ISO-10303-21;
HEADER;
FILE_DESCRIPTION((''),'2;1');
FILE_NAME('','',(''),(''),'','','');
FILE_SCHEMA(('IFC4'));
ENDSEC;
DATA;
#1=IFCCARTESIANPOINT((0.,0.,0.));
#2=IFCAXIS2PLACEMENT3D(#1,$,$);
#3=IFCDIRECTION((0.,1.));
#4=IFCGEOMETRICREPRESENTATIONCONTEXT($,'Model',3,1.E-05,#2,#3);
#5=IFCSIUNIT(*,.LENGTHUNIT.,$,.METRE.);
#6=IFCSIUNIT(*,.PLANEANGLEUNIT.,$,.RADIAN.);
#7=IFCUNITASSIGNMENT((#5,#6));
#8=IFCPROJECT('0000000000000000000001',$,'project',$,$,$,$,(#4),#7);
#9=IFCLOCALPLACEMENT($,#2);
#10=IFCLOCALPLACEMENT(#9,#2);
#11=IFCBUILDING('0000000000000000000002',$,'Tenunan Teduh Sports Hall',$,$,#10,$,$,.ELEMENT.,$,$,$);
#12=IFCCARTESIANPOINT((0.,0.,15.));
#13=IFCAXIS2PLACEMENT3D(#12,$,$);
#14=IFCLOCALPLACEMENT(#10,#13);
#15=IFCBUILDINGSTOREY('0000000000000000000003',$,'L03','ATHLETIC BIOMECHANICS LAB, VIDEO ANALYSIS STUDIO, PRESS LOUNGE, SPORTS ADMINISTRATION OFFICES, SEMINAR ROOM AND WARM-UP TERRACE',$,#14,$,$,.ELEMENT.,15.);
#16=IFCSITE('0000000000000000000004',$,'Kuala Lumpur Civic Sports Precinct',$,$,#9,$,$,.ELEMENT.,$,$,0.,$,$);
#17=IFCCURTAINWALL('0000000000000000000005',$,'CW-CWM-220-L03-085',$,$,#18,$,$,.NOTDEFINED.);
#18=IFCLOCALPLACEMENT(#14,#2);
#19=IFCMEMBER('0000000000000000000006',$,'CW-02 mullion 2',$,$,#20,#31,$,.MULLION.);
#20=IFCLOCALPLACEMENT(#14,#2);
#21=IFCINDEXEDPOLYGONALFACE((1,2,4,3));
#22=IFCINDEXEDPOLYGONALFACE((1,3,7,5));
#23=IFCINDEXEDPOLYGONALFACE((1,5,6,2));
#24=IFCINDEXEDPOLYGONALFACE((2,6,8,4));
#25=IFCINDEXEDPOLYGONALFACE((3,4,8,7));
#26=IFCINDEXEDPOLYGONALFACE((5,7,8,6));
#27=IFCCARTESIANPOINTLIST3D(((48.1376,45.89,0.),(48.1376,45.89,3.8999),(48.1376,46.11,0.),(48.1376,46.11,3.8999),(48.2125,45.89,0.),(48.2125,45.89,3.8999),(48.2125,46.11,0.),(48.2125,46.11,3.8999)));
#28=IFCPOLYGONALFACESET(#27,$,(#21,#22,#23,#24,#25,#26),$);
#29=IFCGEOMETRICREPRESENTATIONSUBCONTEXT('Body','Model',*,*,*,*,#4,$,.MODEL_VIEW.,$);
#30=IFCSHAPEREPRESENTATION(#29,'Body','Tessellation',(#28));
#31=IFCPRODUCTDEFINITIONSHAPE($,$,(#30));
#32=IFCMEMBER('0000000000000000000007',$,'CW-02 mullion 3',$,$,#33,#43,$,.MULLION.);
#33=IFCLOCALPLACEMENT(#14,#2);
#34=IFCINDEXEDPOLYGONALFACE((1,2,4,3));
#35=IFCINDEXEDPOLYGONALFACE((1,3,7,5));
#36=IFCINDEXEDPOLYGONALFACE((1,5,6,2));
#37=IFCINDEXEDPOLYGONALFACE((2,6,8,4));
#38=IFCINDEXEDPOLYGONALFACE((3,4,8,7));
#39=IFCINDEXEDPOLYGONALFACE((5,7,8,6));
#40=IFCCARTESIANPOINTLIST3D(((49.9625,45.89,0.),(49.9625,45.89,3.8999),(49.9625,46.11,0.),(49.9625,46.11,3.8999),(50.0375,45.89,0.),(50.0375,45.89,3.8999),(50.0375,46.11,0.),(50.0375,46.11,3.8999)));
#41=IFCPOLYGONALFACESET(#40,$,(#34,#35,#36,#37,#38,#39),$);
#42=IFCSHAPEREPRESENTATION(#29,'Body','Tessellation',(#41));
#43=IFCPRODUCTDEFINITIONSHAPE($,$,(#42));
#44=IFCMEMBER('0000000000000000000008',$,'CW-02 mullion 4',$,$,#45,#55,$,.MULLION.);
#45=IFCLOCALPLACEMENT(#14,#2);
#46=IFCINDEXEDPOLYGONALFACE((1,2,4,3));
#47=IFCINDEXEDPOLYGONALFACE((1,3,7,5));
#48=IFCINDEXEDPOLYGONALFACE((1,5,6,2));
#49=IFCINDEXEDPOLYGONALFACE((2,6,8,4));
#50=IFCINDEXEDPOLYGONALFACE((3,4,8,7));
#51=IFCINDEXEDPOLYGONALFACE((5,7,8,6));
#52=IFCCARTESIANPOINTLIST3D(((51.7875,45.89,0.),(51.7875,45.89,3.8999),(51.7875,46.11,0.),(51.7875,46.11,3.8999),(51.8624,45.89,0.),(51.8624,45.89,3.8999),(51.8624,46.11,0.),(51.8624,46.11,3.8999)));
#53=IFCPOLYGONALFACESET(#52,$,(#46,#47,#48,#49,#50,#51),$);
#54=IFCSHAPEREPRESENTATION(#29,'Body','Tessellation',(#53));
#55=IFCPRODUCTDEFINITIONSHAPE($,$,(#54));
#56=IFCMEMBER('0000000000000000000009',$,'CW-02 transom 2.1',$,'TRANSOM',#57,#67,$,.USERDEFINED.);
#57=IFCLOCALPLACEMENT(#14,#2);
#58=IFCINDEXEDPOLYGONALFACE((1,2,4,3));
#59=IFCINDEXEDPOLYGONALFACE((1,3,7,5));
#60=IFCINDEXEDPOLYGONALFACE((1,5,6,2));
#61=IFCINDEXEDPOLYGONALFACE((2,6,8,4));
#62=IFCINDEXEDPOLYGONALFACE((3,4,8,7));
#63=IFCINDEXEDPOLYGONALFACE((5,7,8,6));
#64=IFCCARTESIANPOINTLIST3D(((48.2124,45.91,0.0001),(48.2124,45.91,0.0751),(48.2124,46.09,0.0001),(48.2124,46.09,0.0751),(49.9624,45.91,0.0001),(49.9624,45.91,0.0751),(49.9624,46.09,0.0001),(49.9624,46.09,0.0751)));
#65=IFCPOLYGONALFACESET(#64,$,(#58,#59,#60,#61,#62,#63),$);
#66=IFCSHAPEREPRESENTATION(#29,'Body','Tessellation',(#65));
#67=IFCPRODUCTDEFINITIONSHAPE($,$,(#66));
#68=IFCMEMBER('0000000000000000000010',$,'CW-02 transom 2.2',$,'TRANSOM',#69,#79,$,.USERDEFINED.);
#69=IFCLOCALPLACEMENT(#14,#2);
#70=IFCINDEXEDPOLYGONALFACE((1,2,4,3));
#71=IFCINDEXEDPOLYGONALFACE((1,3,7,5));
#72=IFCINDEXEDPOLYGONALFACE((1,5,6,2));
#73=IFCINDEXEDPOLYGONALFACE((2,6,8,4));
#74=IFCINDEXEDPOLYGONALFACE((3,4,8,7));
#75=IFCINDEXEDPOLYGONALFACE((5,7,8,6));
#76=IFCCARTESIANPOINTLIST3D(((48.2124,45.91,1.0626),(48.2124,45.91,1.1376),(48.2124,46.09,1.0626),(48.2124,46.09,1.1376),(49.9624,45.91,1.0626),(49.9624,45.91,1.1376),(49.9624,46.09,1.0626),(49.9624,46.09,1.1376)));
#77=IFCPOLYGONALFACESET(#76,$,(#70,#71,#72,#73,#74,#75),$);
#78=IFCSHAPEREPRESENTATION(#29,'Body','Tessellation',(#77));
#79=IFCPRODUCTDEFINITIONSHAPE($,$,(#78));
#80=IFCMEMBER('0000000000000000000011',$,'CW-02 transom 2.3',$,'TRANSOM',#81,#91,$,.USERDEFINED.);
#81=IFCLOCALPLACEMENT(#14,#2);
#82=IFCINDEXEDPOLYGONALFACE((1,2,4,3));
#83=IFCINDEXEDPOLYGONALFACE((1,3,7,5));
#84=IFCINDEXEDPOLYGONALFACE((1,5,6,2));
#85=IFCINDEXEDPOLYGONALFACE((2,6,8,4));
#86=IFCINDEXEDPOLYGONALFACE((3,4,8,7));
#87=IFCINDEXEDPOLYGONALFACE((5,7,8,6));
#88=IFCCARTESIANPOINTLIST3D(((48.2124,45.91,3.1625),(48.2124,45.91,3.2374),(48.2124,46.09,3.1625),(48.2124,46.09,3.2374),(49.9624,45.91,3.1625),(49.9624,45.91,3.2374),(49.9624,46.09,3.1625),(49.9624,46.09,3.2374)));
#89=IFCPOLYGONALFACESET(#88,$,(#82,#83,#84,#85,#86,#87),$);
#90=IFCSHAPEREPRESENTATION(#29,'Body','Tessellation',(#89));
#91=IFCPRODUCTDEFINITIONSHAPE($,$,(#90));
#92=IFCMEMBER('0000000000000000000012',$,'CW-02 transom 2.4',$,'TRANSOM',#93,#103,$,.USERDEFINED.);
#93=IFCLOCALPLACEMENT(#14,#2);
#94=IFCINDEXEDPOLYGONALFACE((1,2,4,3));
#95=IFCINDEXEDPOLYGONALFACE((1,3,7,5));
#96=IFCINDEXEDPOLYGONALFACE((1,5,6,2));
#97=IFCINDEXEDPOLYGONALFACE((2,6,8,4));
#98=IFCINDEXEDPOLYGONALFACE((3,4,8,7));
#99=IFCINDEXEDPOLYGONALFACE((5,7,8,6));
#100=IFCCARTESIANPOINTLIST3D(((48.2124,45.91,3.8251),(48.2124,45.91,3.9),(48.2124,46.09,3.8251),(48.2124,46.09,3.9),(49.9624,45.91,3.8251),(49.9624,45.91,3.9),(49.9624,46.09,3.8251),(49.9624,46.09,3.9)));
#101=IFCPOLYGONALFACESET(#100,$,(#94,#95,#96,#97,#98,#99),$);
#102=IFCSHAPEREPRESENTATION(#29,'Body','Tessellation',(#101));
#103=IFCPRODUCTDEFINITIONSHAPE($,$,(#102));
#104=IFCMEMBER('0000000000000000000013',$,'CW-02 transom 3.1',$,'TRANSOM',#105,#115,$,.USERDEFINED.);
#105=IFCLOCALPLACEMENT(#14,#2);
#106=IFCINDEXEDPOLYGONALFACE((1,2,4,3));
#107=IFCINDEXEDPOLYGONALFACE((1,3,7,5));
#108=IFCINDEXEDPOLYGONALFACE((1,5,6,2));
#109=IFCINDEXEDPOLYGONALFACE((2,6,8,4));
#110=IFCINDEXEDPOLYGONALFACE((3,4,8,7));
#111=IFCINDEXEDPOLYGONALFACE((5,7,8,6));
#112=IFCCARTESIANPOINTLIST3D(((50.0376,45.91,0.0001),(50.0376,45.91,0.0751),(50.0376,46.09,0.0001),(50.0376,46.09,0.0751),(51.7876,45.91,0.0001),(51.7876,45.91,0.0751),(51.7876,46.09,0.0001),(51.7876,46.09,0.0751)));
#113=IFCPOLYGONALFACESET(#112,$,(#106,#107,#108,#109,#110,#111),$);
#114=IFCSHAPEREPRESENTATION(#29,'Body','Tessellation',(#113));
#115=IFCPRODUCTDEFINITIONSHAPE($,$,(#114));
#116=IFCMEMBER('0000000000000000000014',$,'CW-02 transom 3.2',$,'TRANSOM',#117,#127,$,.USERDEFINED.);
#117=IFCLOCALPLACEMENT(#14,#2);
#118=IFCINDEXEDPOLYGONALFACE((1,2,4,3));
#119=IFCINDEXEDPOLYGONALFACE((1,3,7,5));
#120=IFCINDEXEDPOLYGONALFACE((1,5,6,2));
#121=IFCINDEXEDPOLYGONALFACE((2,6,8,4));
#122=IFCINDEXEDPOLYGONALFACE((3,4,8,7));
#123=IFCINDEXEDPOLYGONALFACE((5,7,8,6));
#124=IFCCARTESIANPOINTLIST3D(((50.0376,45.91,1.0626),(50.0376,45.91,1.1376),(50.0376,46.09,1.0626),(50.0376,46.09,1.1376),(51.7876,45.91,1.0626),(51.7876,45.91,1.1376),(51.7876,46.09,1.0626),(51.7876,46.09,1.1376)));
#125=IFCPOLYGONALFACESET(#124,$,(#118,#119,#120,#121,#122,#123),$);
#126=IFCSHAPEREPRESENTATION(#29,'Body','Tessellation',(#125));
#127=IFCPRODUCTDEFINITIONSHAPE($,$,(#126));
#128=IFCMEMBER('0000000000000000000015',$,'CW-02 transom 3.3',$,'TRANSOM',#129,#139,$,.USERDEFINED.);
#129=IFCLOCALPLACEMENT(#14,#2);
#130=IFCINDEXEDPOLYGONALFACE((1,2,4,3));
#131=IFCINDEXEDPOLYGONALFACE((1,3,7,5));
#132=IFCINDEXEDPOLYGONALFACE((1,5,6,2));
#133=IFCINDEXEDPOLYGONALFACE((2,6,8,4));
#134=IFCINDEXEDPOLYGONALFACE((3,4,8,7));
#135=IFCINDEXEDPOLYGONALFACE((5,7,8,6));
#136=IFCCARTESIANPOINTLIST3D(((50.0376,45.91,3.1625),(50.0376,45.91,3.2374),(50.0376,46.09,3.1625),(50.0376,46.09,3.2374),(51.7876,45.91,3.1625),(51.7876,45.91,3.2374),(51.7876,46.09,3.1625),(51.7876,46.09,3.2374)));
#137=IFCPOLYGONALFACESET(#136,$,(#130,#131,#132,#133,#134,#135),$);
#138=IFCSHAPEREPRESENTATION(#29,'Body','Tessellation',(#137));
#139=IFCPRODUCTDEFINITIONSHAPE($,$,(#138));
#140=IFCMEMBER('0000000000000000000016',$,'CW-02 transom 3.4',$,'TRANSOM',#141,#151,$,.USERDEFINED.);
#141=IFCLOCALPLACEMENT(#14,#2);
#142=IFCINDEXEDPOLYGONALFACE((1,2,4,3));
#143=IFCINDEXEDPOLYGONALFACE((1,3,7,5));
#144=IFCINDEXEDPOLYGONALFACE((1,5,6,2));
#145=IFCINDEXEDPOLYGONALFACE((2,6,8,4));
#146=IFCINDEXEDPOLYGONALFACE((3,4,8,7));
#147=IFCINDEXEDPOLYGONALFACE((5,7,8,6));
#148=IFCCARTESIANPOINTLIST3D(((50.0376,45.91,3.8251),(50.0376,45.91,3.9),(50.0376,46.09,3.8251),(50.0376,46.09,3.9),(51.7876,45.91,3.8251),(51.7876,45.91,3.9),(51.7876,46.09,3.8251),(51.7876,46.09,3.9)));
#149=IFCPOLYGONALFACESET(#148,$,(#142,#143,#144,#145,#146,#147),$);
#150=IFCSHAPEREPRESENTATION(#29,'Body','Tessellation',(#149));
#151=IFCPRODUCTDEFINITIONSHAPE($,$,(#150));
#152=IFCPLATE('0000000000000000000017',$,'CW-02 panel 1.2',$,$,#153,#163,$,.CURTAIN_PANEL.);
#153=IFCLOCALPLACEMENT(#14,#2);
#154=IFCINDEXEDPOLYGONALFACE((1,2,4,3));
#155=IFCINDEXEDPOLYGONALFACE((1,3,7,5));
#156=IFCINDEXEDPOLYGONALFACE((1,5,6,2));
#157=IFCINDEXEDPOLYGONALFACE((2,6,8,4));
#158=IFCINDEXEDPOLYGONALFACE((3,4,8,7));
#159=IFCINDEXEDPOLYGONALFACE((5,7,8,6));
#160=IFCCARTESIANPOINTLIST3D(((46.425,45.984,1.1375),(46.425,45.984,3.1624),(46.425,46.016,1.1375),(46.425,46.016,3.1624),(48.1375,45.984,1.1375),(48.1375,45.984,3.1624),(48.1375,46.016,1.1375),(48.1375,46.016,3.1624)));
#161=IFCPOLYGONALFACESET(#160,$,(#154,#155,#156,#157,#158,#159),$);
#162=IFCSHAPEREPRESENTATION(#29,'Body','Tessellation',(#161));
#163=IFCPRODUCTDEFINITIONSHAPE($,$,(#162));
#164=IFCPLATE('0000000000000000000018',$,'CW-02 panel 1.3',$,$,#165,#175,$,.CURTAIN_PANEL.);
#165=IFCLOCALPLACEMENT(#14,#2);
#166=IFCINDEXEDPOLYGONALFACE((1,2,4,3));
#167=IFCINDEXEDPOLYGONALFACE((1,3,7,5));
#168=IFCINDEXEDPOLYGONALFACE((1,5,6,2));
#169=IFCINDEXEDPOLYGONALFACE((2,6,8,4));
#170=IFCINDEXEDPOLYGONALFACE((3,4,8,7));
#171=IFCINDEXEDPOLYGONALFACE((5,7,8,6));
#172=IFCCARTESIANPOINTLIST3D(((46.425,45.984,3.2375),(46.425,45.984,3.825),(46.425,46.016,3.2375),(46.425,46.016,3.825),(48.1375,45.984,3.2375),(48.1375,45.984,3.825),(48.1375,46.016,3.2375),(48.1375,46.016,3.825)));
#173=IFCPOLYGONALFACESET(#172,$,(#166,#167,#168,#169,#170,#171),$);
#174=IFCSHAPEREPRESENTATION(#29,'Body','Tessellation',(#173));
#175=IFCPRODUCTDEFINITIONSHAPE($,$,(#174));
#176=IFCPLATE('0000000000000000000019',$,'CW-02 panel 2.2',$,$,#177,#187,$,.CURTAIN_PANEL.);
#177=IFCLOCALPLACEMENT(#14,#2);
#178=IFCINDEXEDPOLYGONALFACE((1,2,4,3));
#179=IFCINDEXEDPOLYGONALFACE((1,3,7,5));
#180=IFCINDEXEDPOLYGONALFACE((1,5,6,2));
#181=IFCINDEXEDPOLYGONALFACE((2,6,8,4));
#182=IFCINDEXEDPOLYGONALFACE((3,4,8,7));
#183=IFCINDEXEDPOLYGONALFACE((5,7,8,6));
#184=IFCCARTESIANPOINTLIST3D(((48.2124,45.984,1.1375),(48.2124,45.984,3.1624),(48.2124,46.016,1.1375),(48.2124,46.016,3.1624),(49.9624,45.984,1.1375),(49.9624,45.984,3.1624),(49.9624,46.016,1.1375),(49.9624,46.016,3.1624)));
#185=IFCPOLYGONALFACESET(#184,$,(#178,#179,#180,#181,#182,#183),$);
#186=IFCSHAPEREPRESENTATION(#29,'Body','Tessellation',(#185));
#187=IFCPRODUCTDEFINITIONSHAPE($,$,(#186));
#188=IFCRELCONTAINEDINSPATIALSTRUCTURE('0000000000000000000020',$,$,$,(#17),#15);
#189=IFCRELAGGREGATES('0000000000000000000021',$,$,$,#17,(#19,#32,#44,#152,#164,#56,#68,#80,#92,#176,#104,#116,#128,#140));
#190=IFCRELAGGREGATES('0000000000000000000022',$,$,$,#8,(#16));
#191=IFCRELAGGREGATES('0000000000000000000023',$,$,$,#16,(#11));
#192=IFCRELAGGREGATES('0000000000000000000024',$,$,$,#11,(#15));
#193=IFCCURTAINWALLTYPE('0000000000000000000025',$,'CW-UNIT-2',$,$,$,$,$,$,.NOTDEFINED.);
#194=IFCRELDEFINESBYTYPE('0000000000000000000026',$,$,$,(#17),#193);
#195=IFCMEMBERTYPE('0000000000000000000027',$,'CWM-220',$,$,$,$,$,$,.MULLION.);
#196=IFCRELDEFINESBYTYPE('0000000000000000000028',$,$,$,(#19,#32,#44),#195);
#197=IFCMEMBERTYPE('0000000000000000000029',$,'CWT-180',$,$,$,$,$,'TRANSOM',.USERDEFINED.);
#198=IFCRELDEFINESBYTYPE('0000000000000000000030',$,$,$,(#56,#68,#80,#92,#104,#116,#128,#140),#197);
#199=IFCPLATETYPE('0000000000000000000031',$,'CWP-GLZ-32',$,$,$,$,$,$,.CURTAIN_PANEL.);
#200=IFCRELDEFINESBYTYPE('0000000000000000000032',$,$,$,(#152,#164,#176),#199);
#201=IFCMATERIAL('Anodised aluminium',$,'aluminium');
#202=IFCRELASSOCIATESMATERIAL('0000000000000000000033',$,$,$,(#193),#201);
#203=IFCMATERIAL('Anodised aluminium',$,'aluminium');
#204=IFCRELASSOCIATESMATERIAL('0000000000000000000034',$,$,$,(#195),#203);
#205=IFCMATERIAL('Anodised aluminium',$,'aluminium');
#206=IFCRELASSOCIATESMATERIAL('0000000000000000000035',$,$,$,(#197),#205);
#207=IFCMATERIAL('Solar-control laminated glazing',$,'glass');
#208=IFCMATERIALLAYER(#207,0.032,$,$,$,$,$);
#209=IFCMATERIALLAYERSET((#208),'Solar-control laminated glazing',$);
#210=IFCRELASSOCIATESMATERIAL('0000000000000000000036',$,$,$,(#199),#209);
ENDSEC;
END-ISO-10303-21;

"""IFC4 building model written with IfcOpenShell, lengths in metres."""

from ifc_helpers import new_model, si_unit, direction, frame, origin, origin_2d, place, context, subcontext, project, spatial, rectangle, extrude, material, layer, layer_set, material_profile, profile_set, type_object, element, aggregate, save


model = new_model("IFC4")

# Units and contexts
model_context = context("Model", 3, precision=1e-05, world=origin(), true_north=direction((0.0, 1.0)))
body_context = subcontext(model_context, "Body", "Model", "MODEL_VIEW")
ifc_project = project(units=[si_unit("LENGTHUNIT", "METRE"), si_unit("PLANEANGLEUNIT", "RADIAN")], contexts=[model_context])

# Site, building, storey
site_placement = place(None, origin())
site = spatial("IfcSite", under=ifc_project, at=site_placement, Name="Kuala Lumpur Civic Sports Precinct", CompositionType="ELEMENT", RefElevation=0.0)
building_placement = place(site_placement, origin())
building = spatial("IfcBuilding", under=site, at=building_placement, Name="Tenunan Teduh Sports Hall", CompositionType="ELEMENT")
storey_placement = place(building_placement, frame((0.0, 0.0, 15.0)))
storey = spatial("IfcBuildingStorey", under=building, at=storey_placement, Name="L03", Description="ATHLETIC BIOMECHANICS LAB, VIDEO ANALYSIS STUDIO, PRESS LOUNGE, SPORTS ADMINISTRATION OFFICES, SEMINAR ROOM AND WARM-UP TERRACE", CompositionType="ELEMENT", Elevation=15.0)

# Curtain wall, members, plates
ifc_material_1 = material(Name="Anodised aluminium", Category="aluminium")
curtain_wall_type = type_object("IfcCurtainWallType", Name="CW-UNIT-2", PredefinedType="NOTDEFINED", material=ifc_material_1)
curtain_wall_placement = place(storey_placement, origin())
curtain_wall = element("IfcCurtainWall", 1, at=curtain_wall_placement, inside=storey, type_object=curtain_wall_type, Name="CW-CWM-220-L03-085", PredefinedType="NOTDEFINED")
ifc_material_2 = material(Name="Anodised aluminium", Category="aluminium")
ifc_material_profile_1 = material_profile(ifc_material_2, rectangle(XDim=0.075, YDim=0.22, at=origin_2d()), Name="CWM 75x220")
ifc_profile_set_1 = profile_set([ifc_material_profile_1], Name="Anodised aluminium")
member_type_1 = type_object("IfcMemberType", Name="CWM-220", PredefinedType="MULLION", material=ifc_profile_set_1)
member_1_placement = place(storey_placement, frame((48.175, 46.0, 0.0), z_axis=(0.0, 0.0, 1.0), x_axis=(1.0, 0.0, 0.0)))
member_1 = element("IfcMember", 2, at=member_1_placement, type_object=member_type_1, Name="CW-02 mullion 2", PredefinedType="MULLION", context=body_context, shape_type="SweptSolid", body=[
    extrude(rectangle(XDim=0.075, YDim=0.22, at=origin_2d()), origin(), (0.0, 0.0, 1.0), 3.8999),
])
member_2_placement = place(storey_placement, frame((50.0, 46.0, 0.0), z_axis=(0.0, 0.0, 1.0), x_axis=(1.0, 0.0, 0.0)))
member_2 = element("IfcMember", 3, at=member_2_placement, type_object=member_type_1, Name="CW-02 mullion 3", PredefinedType="MULLION", context=body_context, shape_type="SweptSolid", body=[
    extrude(rectangle(XDim=0.075, YDim=0.22, at=origin_2d()), origin(), (0.0, 0.0, 1.0), 3.8999),
])
member_3_placement = place(storey_placement, frame((51.825, 46.0, 0.0), z_axis=(0.0, 0.0, 1.0), x_axis=(1.0, 0.0, 0.0)))
member_3 = element("IfcMember", 4, at=member_3_placement, type_object=member_type_1, Name="CW-02 mullion 4", PredefinedType="MULLION", context=body_context, shape_type="SweptSolid", body=[
    extrude(rectangle(XDim=0.075, YDim=0.22, at=origin_2d()), origin(), (0.0, 0.0, 1.0), 3.8999),
])
ifc_material_3 = material(Name="Anodised aluminium", Category="aluminium")
ifc_material_profile_2 = material_profile(ifc_material_3, rectangle(XDim=0.075, YDim=0.1799, at=origin_2d()), Name="CWT 75x180")
ifc_profile_set_2 = profile_set([ifc_material_profile_2], Name="Anodised aluminium")
member_type_2 = type_object("IfcMemberType", Name="CWT-180", ElementType="TRANSOM", PredefinedType="USERDEFINED", material=ifc_profile_set_2)
member_4_placement = place(storey_placement, frame((48.2124, 46.0, 0.0376), z_axis=(1.0, 0.0, 0.0), x_axis=(0.0, 0.0, 1.0)))
member_4 = element("IfcMember", 5, at=member_4_placement, type_object=member_type_2, Name="CW-02 transom 2.1", ObjectType="TRANSOM", PredefinedType="USERDEFINED", context=body_context, shape_type="SweptSolid", body=[
    extrude(rectangle(XDim=0.075, YDim=0.1799, at=origin_2d()), origin(), (0.0, 0.0, 1.0), 1.75),
])
member_5_placement = place(storey_placement, frame((48.2124, 46.0, 1.1001), z_axis=(1.0, 0.0, 0.0), x_axis=(0.0, 0.0, 1.0)))
member_5 = element("IfcMember", 6, at=member_5_placement, type_object=member_type_2, Name="CW-02 transom 2.2", ObjectType="TRANSOM", PredefinedType="USERDEFINED", context=body_context, shape_type="SweptSolid", body=[
    extrude(rectangle(XDim=0.075, YDim=0.1799, at=origin_2d()), origin(), (0.0, 0.0, 1.0), 1.75),
])
member_6_placement = place(storey_placement, frame((48.2124, 46.0, 3.2), z_axis=(1.0, 0.0, 0.0), x_axis=(0.0, 0.0, 1.0)))
member_6 = element("IfcMember", 7, at=member_6_placement, type_object=member_type_2, Name="CW-02 transom 2.3", ObjectType="TRANSOM", PredefinedType="USERDEFINED", context=body_context, shape_type="SweptSolid", body=[
    extrude(rectangle(XDim=0.075, YDim=0.1799, at=origin_2d()), origin(), (0.0, 0.0, 1.0), 1.75),
])
member_7_placement = place(storey_placement, frame((48.2124, 46.0, 3.8625), z_axis=(1.0, 0.0, 0.0), x_axis=(0.0, 0.0, 1.0)))
member_7 = element("IfcMember", 8, at=member_7_placement, type_object=member_type_2, Name="CW-02 transom 2.4", ObjectType="TRANSOM", PredefinedType="USERDEFINED", context=body_context, shape_type="SweptSolid", body=[
    extrude(rectangle(XDim=0.075, YDim=0.1799, at=origin_2d()), origin(), (0.0, 0.0, 1.0), 1.75),
])
member_8_placement = place(storey_placement, frame((50.0376, 46.0, 0.0376), z_axis=(1.0, 0.0, 0.0), x_axis=(0.0, 0.0, 1.0)))
member_8 = element("IfcMember", 9, at=member_8_placement, type_object=member_type_2, Name="CW-02 transom 3.1", ObjectType="TRANSOM", PredefinedType="USERDEFINED", context=body_context, shape_type="SweptSolid", body=[
    extrude(rectangle(XDim=0.075, YDim=0.1799, at=origin_2d()), origin(), (0.0, 0.0, 1.0), 1.75),
])
member_9_placement = place(storey_placement, frame((50.0376, 46.0, 1.1001), z_axis=(1.0, 0.0, 0.0), x_axis=(0.0, 0.0, 1.0)))
member_9 = element("IfcMember", 10, at=member_9_placement, type_object=member_type_2, Name="CW-02 transom 3.2", ObjectType="TRANSOM", PredefinedType="USERDEFINED", context=body_context, shape_type="SweptSolid", body=[
    extrude(rectangle(XDim=0.075, YDim=0.1799, at=origin_2d()), origin(), (0.0, 0.0, 1.0), 1.75),
])
member_10_placement = place(storey_placement, frame((50.0376, 46.0, 3.2), z_axis=(1.0, 0.0, 0.0), x_axis=(0.0, 0.0, 1.0)))
member_10 = element("IfcMember", 11, at=member_10_placement, type_object=member_type_2, Name="CW-02 transom 3.3", ObjectType="TRANSOM", PredefinedType="USERDEFINED", context=body_context, shape_type="SweptSolid", body=[
    extrude(rectangle(XDim=0.075, YDim=0.1799, at=origin_2d()), origin(), (0.0, 0.0, 1.0), 1.75),
])
member_11_placement = place(storey_placement, frame((50.0376, 46.0, 3.8625), z_axis=(1.0, 0.0, 0.0), x_axis=(0.0, 0.0, 1.0)))
member_11 = element("IfcMember", 12, at=member_11_placement, type_object=member_type_2, Name="CW-02 transom 3.4", ObjectType="TRANSOM", PredefinedType="USERDEFINED", context=body_context, shape_type="SweptSolid", body=[
    extrude(rectangle(XDim=0.075, YDim=0.1799, at=origin_2d()), origin(), (0.0, 0.0, 1.0), 1.75),
])
ifc_material_4 = material(Name="Solar-control laminated glazing", Category="glass")
ifc_layer_1 = layer(ifc_material_4, 0.032)
ifc_layer_set_1 = layer_set([ifc_layer_1], Name="Solar-control laminated glazing")
plate_type_1 = type_object("IfcPlateType", Name="CWP-GLZ-32", PredefinedType="CURTAIN_PANEL", material=ifc_layer_set_1)
plate_1_placement = place(storey_placement, frame((47.2812, 46.0, 1.1375), z_axis=(0.0, 0.0, 1.0), x_axis=(1.0, 0.0, 0.0)))
plate_1 = element("IfcPlate", 13, at=plate_1_placement, type_object=plate_type_1, Name="CW-02 panel 1.2", PredefinedType="CURTAIN_PANEL", context=body_context, shape_type="SweptSolid", body=[
    extrude(rectangle(XDim=1.7124, YDim=0.032, at=origin_2d()), origin(), (0.0, 0.0, 1.0), 2.0249),
])
plate_2_placement = place(storey_placement, frame((47.2812, 46.0, 3.2375), z_axis=(0.0, 0.0, 1.0), x_axis=(1.0, 0.0, 0.0)))
plate_2 = element("IfcPlate", 14, at=plate_2_placement, type_object=plate_type_1, Name="CW-02 panel 1.3", PredefinedType="CURTAIN_PANEL", context=body_context, shape_type="SweptSolid", body=[
    extrude(rectangle(XDim=1.7124, YDim=0.032, at=origin_2d()), origin(), (0.0, 0.0, 1.0), 0.5874),
])
plate_3_placement = place(storey_placement, frame((49.0874, 46.0, 1.1375), z_axis=(0.0, 0.0, 1.0), x_axis=(1.0, 0.0, 0.0)))
plate_3 = element("IfcPlate", 15, at=plate_3_placement, type_object=plate_type_1, Name="CW-02 panel 2.2", PredefinedType="CURTAIN_PANEL", context=body_context, shape_type="SweptSolid", body=[
    extrude(rectangle(XDim=1.75, YDim=0.032, at=origin_2d()), origin(), (0.0, 0.0, 1.0), 2.0249),
])
aggregate(curtain_wall, [member_1, member_2, member_3, plate_1, plate_2, member_4, member_5, member_6, member_7, plate_3, member_8, member_9, member_10, member_11])

save(model, "model.ifc")
